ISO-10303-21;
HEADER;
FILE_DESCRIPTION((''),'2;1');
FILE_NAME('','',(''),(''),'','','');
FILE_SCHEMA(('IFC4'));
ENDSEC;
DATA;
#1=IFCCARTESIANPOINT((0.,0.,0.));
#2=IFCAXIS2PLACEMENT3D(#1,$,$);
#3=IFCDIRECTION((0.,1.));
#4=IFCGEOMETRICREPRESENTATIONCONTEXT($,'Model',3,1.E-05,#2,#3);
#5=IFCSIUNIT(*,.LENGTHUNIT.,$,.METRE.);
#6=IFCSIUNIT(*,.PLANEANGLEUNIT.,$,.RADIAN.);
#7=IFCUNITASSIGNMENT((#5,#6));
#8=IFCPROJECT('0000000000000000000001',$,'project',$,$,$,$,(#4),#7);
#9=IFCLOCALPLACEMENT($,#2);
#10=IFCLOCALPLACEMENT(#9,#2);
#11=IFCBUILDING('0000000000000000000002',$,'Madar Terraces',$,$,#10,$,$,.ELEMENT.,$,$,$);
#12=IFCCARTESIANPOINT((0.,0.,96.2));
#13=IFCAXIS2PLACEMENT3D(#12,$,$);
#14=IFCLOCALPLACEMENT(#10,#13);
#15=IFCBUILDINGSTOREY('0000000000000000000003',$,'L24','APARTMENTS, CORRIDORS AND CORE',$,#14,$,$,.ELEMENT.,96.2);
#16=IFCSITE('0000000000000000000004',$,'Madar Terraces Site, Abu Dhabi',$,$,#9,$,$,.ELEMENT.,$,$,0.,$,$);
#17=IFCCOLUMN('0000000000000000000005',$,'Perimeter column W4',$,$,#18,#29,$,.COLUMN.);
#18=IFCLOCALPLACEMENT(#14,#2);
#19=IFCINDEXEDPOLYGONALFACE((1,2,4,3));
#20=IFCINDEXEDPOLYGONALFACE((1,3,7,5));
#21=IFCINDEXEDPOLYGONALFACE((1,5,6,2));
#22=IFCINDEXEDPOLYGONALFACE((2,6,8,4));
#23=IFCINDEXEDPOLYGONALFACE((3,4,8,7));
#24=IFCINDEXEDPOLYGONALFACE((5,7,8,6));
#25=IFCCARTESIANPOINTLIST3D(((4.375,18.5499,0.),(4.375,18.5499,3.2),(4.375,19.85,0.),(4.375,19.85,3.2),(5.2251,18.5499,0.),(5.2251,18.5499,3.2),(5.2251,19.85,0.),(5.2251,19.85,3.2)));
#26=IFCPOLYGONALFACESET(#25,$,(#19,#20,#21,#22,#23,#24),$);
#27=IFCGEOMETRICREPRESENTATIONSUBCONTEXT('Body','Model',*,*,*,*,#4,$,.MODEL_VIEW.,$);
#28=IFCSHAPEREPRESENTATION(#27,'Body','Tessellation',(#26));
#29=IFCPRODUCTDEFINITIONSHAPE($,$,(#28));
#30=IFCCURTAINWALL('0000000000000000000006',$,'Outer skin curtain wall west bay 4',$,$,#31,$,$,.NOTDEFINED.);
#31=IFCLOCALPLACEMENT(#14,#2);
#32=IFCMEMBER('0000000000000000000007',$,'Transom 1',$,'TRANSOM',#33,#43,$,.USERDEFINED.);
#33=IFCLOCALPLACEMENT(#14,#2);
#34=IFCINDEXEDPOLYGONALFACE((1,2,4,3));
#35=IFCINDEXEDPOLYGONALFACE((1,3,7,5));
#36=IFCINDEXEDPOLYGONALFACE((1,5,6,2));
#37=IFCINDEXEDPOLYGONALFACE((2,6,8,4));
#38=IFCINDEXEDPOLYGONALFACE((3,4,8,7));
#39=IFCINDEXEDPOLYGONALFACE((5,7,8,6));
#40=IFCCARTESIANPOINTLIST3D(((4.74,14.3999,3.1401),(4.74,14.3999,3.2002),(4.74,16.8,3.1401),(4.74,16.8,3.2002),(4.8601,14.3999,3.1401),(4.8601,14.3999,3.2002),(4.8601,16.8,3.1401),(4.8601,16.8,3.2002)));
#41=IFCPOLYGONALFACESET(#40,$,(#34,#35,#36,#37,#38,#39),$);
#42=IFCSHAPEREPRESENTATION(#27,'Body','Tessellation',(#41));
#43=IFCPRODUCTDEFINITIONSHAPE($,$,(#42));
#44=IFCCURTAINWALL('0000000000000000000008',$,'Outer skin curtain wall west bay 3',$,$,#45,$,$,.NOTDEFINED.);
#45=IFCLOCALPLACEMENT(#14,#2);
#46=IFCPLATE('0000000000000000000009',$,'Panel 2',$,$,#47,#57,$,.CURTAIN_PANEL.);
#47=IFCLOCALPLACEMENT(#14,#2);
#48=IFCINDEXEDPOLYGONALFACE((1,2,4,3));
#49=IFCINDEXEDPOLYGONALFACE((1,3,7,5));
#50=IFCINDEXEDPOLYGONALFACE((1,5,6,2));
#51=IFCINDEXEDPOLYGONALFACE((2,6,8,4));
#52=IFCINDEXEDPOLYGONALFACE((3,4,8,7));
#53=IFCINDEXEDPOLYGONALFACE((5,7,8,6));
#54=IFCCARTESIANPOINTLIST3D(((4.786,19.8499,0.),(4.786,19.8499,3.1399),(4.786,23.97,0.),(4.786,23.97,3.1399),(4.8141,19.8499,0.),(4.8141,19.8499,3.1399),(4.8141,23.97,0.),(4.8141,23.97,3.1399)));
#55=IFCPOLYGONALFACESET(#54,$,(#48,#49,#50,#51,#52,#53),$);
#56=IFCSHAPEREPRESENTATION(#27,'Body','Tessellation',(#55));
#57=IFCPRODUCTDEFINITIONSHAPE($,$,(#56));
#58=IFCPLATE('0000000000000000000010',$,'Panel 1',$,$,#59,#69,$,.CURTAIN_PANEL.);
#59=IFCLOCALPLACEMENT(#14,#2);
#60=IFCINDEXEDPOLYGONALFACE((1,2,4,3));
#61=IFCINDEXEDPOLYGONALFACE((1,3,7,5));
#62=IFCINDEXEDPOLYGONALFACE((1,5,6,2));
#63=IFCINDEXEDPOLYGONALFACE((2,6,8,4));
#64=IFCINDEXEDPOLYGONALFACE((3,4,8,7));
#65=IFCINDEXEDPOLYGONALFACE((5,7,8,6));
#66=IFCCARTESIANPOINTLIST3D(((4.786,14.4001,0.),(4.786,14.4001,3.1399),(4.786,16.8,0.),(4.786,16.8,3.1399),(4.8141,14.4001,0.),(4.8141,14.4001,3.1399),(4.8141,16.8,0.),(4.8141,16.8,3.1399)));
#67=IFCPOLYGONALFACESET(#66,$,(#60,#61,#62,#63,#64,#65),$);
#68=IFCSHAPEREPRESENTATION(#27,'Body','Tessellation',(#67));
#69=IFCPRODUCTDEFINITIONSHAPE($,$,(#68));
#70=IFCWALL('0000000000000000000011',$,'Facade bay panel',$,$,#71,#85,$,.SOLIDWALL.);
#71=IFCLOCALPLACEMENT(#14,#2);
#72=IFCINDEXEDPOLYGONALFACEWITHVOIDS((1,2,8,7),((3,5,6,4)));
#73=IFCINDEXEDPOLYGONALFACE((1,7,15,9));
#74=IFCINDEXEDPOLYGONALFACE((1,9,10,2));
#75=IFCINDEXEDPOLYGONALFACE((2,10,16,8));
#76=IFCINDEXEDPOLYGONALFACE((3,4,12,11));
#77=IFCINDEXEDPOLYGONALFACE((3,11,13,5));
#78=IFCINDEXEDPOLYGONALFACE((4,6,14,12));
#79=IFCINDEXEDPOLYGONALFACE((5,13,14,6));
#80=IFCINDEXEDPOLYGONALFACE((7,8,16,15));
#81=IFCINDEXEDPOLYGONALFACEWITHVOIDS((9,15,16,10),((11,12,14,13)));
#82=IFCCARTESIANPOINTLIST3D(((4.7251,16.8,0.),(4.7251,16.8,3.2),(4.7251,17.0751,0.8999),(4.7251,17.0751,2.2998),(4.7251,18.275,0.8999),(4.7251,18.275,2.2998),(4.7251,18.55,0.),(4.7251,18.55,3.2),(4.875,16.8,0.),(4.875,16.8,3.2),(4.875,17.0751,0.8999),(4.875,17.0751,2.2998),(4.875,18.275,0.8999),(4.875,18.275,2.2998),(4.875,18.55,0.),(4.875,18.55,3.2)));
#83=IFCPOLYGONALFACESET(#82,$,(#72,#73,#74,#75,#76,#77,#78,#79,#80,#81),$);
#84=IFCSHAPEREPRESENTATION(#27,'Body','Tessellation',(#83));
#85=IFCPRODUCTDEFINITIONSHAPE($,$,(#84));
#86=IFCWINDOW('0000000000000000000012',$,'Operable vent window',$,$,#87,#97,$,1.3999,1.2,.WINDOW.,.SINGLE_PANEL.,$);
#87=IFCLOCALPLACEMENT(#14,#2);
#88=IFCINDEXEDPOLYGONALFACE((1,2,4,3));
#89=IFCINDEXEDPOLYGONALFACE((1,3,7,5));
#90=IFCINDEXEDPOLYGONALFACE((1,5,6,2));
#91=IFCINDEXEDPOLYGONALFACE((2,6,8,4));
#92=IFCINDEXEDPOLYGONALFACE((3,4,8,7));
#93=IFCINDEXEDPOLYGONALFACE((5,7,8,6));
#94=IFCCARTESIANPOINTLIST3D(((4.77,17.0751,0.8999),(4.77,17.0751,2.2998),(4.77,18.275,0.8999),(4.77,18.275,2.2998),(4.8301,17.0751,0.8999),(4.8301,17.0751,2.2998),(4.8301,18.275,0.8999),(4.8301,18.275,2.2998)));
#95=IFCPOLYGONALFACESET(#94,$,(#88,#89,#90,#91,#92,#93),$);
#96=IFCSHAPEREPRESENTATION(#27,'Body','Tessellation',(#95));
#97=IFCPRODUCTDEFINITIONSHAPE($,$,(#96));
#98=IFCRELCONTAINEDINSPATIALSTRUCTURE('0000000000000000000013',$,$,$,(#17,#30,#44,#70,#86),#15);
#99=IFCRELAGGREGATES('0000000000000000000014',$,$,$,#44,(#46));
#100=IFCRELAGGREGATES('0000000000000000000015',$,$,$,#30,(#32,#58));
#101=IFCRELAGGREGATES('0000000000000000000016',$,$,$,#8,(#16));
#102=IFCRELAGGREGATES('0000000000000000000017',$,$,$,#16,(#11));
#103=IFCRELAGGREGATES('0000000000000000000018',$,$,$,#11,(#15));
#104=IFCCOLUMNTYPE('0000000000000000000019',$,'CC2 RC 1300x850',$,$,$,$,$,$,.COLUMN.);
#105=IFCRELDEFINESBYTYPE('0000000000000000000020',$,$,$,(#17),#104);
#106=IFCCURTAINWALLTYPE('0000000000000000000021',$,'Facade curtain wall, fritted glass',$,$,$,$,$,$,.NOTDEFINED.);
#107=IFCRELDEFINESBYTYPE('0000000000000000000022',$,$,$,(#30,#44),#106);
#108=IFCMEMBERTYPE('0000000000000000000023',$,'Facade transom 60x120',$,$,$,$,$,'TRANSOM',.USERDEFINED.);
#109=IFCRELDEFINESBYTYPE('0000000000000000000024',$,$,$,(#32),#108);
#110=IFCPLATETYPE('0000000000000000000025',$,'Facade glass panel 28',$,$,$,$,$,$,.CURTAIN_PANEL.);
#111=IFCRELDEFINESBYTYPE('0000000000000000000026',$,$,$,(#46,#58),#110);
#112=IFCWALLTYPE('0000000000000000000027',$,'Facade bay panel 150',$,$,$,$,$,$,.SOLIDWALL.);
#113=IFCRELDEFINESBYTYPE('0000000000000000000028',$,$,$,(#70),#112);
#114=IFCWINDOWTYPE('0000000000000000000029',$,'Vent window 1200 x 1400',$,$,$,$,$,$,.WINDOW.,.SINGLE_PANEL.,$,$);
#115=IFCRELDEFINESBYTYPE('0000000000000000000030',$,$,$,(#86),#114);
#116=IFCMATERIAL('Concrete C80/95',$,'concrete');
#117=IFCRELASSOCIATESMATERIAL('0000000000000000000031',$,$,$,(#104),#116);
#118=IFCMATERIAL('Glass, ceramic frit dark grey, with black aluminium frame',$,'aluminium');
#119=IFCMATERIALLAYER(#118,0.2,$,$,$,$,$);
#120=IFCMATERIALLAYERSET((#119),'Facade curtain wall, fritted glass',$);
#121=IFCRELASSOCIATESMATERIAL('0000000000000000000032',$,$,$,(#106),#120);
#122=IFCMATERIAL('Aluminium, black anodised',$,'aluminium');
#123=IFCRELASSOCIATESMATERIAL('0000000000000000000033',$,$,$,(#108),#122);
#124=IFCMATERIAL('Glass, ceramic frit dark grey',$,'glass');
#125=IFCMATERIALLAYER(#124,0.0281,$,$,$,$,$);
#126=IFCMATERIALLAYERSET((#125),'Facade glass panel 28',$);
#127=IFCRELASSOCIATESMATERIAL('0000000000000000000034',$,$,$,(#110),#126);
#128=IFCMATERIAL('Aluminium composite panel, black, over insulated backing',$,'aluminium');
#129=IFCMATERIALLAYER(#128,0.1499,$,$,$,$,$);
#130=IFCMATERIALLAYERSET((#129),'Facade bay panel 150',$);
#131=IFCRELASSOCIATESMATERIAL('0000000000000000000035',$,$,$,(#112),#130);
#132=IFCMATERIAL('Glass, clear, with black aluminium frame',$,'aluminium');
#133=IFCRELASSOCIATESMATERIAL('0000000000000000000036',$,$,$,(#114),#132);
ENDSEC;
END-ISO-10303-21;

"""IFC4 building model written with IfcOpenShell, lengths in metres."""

from ifc_helpers import new_model, si_unit, direction, frame, frame_2d, origin, origin_2d, place, context, subcontext, project, spatial, rectangle, extrude, material, layer, layer_set, material_profile, profile_set, type_object, element, fill, aggregate, save


model = new_model("IFC4")

# Units and contexts
model_context = context("Model", 3, precision=1e-05, world=origin(), true_north=direction((0.0, 1.0)))
body_context = subcontext(model_context, "Body", "Model", "MODEL_VIEW")
ifc_project = project(units=[si_unit("LENGTHUNIT", "METRE"), si_unit("PLANEANGLEUNIT", "RADIAN")], contexts=[model_context])

# Site, building, storey
site_placement = place(None, origin())
site = spatial("IfcSite", under=ifc_project, at=site_placement, Name="Madar Terraces Site, Abu Dhabi", CompositionType="ELEMENT", RefElevation=0.0)
building_placement = place(site_placement, origin())
building = spatial("IfcBuilding", under=site, at=building_placement, Name="Madar Terraces", CompositionType="ELEMENT")
storey_placement = place(building_placement, frame((0.0, 0.0, 96.2)))
storey = spatial("IfcBuildingStorey", under=building, at=storey_placement, Name="L24", Description="APARTMENTS, CORRIDORS AND CORE", CompositionType="ELEMENT", Elevation=96.2)

# Column
ifc_material_1 = material(Name="Concrete C80/95", Category="concrete")
ifc_material_profile_1 = material_profile(ifc_material_1, rectangle(XDim=1.3, YDim=0.8501, at=origin_2d()), Name="CC2 RC 1300x850")
ifc_profile_set_1 = profile_set([ifc_material_profile_1], Name="Concrete C80/95")
column_type = type_object("IfcColumnType", Name="CC2 RC 1300x850", PredefinedType="COLUMN", material=ifc_profile_set_1)
column_placement = place(storey_placement, frame((4.8, 19.2, 0.0), z_axis=(0.0, 0.0, 1.0), x_axis=(0.0, 1.0, 0.0)))
element("IfcColumn", 1, at=column_placement, inside=storey, type_object=column_type, Name="Perimeter column W4", PredefinedType="COLUMN", context=body_context, shape_type="SweptSolid", body=[
    extrude(rectangle(XDim=1.3, YDim=0.8501, at=origin_2d()), origin(), (0.0, 0.0, 1.0), 3.2),
])

# Curtain wall, member
ifc_material_2 = material(Name="Glass, ceramic frit dark grey, with black aluminium frame", Category="aluminium")
ifc_layer_1 = layer(ifc_material_2, 0.2)
ifc_layer_set_1 = layer_set([ifc_layer_1], Name="Facade curtain wall, fritted glass")
curtain_wall_type = type_object("IfcCurtainWallType", Name="Facade curtain wall, fritted glass", PredefinedType="NOTDEFINED", material=ifc_layer_set_1)
curtain_wall_1_placement = place(storey_placement, origin())
curtain_wall_1 = element("IfcCurtainWall", 2, at=curtain_wall_1_placement, inside=storey, type_object=curtain_wall_type, Name="Outer skin curtain wall west bay 4", PredefinedType="NOTDEFINED")
ifc_material_3 = material(Name="Aluminium, black anodised", Category="aluminium")
ifc_material_profile_2 = material_profile(ifc_material_3, rectangle(XDim=0.1201, YDim=0.0601, at=origin_2d()), Name="Facade transom 60x120")
ifc_profile_set_2 = profile_set([ifc_material_profile_2], Name="Aluminium, black anodised")
member_type = type_object("IfcMemberType", Name="Facade transom 60x120", ElementType="TRANSOM", PredefinedType="USERDEFINED", material=ifc_profile_set_2)
member_placement = place(storey_placement, frame((4.8, 16.8, 3.1702), z_axis=(0.0, -1.0, 0.0), x_axis=(1.0, 0.0, 0.0)))
member = element("IfcMember", 3, at=member_placement, type_object=member_type, Name="Transom 1", ObjectType="TRANSOM", PredefinedType="USERDEFINED", context=body_context, shape_type="SweptSolid", body=[
    extrude(rectangle(XDim=0.1201, YDim=0.0601, at=origin_2d()), origin(), (0.0, 0.0, 1.0), 2.4001),
])

# Curtain wall, plate
curtain_wall_2_placement = place(storey_placement, origin())
curtain_wall_2 = element("IfcCurtainWall", 4, at=curtain_wall_2_placement, inside=storey, type_object=curtain_wall_type, Name="Outer skin curtain wall west bay 3", PredefinedType="NOTDEFINED")
ifc_material_4 = material(Name="Glass, ceramic frit dark grey", Category="glass")
ifc_layer_2 = layer(ifc_material_4, 0.0281)
ifc_layer_set_2 = layer_set([ifc_layer_2], Name="Facade glass panel 28")
plate_type = type_object("IfcPlateType", Name="Facade glass panel 28", PredefinedType="CURTAIN_PANEL", material=ifc_layer_set_2)
plate_1_placement = place(storey_placement, frame((4.8, 21.9099, 0.0), z_axis=(0.0, 0.0, 1.0), x_axis=(0.0, -1.0, 0.0)))
plate_1 = element("IfcPlate", 5, at=plate_1_placement, type_object=plate_type, Name="Panel 2", PredefinedType="CURTAIN_PANEL", context=body_context, shape_type="SweptSolid", body=[
    extrude(rectangle(XDim=4.1201, YDim=0.0281, at=origin_2d()), origin(), (0.0, 0.0, 1.0), 3.1399),
])
aggregate(curtain_wall_2, [plate_1])

# Plate
plate_2_placement = place(storey_placement, frame((4.8, 15.6001, 0.0), z_axis=(0.0, 0.0, 1.0), x_axis=(0.0, -1.0, 0.0)))
plate_2 = element("IfcPlate", 6, at=plate_2_placement, type_object=plate_type, Name="Panel 1", PredefinedType="CURTAIN_PANEL", context=body_context, shape_type="SweptSolid", body=[
    extrude(rectangle(XDim=2.3999, YDim=0.0281, at=origin_2d()), origin(), (0.0, 0.0, 1.0), 3.1399),
])
aggregate(curtain_wall_1, [member, plate_2])

# Wall, opening, window
ifc_material_5 = material(Name="Aluminium composite panel, black, over insulated backing", Category="aluminium")
ifc_layer_3 = layer(ifc_material_5, 0.1499)
ifc_layer_set_3 = layer_set([ifc_layer_3], Name="Facade bay panel 150")
wall_type_1 = type_object("IfcWallType", Name="Facade bay panel 150", PredefinedType="SOLIDWALL", material=ifc_layer_set_3)
wall_1_placement = place(storey_placement, frame((4.8, 18.55, 0.0), z_axis=(0.0, 0.0, 1.0), x_axis=(0.0, -1.0, 0.0)))
wall_1 = element("IfcWall", 7, at=wall_1_placement, inside=storey, type_object=wall_type_1, Name="Facade bay panel", PredefinedType="SOLIDWALL", context=body_context, shape_type="SweptSolid", body=[
    extrude(rectangle(XDim=1.75, YDim=0.1499, at=frame_2d((0.875, 0.0))), origin(), (0.0, 0.0, 1.0), 3.2),
])
opening_1_placement = place(wall_1_placement, frame((0.2749, 0.0, 0.8999)))
opening_1 = element("IfcOpeningElement", 8, at=opening_1_placement, cuts=wall_1, PredefinedType="OPENING", context=body_context, shape_type="SweptSolid", body=[
    extrude(rectangle(XDim=1.2, YDim=1.3999, at=frame_2d((0.6001, 0.7))), frame((0.0, 0.085, 0.0), z_axis=(0.0, -1.0, 0.0), x_axis=(1.0, 0.0, 0.0)), (0.0, 0.0, 1.0), 0.1699),
])
ifc_material_6 = material(Name="Glass, clear, with black aluminium frame", Category="aluminium")
window_type = type_object("IfcWindowType", Name="Vent window 1200 x 1400", PartitioningType="SINGLE_PANEL", PredefinedType="WINDOW", material=ifc_material_6)
window_placement = place(opening_1_placement, origin())
window = element("IfcWindow", 9, at=window_placement, inside=storey, type_object=window_type, Name="Operable vent window", OverallHeight=1.3999, OverallWidth=1.2, PartitioningType="SINGLE_PANEL", PredefinedType="WINDOW", context=body_context, shape_type="SweptSolid", body=[
    extrude(rectangle(XDim=1.2, YDim=1.3999, at=frame_2d((0.6001, 0.7))), frame((0.0, 0.03, 0.0), z_axis=(0.0, -1.0, 0.0), x_axis=(1.0, 0.0, 0.0)), (0.0, 0.0, 1.0), 0.0601),
])
fill(opening_1, window)

save(model, "model.ifc")
